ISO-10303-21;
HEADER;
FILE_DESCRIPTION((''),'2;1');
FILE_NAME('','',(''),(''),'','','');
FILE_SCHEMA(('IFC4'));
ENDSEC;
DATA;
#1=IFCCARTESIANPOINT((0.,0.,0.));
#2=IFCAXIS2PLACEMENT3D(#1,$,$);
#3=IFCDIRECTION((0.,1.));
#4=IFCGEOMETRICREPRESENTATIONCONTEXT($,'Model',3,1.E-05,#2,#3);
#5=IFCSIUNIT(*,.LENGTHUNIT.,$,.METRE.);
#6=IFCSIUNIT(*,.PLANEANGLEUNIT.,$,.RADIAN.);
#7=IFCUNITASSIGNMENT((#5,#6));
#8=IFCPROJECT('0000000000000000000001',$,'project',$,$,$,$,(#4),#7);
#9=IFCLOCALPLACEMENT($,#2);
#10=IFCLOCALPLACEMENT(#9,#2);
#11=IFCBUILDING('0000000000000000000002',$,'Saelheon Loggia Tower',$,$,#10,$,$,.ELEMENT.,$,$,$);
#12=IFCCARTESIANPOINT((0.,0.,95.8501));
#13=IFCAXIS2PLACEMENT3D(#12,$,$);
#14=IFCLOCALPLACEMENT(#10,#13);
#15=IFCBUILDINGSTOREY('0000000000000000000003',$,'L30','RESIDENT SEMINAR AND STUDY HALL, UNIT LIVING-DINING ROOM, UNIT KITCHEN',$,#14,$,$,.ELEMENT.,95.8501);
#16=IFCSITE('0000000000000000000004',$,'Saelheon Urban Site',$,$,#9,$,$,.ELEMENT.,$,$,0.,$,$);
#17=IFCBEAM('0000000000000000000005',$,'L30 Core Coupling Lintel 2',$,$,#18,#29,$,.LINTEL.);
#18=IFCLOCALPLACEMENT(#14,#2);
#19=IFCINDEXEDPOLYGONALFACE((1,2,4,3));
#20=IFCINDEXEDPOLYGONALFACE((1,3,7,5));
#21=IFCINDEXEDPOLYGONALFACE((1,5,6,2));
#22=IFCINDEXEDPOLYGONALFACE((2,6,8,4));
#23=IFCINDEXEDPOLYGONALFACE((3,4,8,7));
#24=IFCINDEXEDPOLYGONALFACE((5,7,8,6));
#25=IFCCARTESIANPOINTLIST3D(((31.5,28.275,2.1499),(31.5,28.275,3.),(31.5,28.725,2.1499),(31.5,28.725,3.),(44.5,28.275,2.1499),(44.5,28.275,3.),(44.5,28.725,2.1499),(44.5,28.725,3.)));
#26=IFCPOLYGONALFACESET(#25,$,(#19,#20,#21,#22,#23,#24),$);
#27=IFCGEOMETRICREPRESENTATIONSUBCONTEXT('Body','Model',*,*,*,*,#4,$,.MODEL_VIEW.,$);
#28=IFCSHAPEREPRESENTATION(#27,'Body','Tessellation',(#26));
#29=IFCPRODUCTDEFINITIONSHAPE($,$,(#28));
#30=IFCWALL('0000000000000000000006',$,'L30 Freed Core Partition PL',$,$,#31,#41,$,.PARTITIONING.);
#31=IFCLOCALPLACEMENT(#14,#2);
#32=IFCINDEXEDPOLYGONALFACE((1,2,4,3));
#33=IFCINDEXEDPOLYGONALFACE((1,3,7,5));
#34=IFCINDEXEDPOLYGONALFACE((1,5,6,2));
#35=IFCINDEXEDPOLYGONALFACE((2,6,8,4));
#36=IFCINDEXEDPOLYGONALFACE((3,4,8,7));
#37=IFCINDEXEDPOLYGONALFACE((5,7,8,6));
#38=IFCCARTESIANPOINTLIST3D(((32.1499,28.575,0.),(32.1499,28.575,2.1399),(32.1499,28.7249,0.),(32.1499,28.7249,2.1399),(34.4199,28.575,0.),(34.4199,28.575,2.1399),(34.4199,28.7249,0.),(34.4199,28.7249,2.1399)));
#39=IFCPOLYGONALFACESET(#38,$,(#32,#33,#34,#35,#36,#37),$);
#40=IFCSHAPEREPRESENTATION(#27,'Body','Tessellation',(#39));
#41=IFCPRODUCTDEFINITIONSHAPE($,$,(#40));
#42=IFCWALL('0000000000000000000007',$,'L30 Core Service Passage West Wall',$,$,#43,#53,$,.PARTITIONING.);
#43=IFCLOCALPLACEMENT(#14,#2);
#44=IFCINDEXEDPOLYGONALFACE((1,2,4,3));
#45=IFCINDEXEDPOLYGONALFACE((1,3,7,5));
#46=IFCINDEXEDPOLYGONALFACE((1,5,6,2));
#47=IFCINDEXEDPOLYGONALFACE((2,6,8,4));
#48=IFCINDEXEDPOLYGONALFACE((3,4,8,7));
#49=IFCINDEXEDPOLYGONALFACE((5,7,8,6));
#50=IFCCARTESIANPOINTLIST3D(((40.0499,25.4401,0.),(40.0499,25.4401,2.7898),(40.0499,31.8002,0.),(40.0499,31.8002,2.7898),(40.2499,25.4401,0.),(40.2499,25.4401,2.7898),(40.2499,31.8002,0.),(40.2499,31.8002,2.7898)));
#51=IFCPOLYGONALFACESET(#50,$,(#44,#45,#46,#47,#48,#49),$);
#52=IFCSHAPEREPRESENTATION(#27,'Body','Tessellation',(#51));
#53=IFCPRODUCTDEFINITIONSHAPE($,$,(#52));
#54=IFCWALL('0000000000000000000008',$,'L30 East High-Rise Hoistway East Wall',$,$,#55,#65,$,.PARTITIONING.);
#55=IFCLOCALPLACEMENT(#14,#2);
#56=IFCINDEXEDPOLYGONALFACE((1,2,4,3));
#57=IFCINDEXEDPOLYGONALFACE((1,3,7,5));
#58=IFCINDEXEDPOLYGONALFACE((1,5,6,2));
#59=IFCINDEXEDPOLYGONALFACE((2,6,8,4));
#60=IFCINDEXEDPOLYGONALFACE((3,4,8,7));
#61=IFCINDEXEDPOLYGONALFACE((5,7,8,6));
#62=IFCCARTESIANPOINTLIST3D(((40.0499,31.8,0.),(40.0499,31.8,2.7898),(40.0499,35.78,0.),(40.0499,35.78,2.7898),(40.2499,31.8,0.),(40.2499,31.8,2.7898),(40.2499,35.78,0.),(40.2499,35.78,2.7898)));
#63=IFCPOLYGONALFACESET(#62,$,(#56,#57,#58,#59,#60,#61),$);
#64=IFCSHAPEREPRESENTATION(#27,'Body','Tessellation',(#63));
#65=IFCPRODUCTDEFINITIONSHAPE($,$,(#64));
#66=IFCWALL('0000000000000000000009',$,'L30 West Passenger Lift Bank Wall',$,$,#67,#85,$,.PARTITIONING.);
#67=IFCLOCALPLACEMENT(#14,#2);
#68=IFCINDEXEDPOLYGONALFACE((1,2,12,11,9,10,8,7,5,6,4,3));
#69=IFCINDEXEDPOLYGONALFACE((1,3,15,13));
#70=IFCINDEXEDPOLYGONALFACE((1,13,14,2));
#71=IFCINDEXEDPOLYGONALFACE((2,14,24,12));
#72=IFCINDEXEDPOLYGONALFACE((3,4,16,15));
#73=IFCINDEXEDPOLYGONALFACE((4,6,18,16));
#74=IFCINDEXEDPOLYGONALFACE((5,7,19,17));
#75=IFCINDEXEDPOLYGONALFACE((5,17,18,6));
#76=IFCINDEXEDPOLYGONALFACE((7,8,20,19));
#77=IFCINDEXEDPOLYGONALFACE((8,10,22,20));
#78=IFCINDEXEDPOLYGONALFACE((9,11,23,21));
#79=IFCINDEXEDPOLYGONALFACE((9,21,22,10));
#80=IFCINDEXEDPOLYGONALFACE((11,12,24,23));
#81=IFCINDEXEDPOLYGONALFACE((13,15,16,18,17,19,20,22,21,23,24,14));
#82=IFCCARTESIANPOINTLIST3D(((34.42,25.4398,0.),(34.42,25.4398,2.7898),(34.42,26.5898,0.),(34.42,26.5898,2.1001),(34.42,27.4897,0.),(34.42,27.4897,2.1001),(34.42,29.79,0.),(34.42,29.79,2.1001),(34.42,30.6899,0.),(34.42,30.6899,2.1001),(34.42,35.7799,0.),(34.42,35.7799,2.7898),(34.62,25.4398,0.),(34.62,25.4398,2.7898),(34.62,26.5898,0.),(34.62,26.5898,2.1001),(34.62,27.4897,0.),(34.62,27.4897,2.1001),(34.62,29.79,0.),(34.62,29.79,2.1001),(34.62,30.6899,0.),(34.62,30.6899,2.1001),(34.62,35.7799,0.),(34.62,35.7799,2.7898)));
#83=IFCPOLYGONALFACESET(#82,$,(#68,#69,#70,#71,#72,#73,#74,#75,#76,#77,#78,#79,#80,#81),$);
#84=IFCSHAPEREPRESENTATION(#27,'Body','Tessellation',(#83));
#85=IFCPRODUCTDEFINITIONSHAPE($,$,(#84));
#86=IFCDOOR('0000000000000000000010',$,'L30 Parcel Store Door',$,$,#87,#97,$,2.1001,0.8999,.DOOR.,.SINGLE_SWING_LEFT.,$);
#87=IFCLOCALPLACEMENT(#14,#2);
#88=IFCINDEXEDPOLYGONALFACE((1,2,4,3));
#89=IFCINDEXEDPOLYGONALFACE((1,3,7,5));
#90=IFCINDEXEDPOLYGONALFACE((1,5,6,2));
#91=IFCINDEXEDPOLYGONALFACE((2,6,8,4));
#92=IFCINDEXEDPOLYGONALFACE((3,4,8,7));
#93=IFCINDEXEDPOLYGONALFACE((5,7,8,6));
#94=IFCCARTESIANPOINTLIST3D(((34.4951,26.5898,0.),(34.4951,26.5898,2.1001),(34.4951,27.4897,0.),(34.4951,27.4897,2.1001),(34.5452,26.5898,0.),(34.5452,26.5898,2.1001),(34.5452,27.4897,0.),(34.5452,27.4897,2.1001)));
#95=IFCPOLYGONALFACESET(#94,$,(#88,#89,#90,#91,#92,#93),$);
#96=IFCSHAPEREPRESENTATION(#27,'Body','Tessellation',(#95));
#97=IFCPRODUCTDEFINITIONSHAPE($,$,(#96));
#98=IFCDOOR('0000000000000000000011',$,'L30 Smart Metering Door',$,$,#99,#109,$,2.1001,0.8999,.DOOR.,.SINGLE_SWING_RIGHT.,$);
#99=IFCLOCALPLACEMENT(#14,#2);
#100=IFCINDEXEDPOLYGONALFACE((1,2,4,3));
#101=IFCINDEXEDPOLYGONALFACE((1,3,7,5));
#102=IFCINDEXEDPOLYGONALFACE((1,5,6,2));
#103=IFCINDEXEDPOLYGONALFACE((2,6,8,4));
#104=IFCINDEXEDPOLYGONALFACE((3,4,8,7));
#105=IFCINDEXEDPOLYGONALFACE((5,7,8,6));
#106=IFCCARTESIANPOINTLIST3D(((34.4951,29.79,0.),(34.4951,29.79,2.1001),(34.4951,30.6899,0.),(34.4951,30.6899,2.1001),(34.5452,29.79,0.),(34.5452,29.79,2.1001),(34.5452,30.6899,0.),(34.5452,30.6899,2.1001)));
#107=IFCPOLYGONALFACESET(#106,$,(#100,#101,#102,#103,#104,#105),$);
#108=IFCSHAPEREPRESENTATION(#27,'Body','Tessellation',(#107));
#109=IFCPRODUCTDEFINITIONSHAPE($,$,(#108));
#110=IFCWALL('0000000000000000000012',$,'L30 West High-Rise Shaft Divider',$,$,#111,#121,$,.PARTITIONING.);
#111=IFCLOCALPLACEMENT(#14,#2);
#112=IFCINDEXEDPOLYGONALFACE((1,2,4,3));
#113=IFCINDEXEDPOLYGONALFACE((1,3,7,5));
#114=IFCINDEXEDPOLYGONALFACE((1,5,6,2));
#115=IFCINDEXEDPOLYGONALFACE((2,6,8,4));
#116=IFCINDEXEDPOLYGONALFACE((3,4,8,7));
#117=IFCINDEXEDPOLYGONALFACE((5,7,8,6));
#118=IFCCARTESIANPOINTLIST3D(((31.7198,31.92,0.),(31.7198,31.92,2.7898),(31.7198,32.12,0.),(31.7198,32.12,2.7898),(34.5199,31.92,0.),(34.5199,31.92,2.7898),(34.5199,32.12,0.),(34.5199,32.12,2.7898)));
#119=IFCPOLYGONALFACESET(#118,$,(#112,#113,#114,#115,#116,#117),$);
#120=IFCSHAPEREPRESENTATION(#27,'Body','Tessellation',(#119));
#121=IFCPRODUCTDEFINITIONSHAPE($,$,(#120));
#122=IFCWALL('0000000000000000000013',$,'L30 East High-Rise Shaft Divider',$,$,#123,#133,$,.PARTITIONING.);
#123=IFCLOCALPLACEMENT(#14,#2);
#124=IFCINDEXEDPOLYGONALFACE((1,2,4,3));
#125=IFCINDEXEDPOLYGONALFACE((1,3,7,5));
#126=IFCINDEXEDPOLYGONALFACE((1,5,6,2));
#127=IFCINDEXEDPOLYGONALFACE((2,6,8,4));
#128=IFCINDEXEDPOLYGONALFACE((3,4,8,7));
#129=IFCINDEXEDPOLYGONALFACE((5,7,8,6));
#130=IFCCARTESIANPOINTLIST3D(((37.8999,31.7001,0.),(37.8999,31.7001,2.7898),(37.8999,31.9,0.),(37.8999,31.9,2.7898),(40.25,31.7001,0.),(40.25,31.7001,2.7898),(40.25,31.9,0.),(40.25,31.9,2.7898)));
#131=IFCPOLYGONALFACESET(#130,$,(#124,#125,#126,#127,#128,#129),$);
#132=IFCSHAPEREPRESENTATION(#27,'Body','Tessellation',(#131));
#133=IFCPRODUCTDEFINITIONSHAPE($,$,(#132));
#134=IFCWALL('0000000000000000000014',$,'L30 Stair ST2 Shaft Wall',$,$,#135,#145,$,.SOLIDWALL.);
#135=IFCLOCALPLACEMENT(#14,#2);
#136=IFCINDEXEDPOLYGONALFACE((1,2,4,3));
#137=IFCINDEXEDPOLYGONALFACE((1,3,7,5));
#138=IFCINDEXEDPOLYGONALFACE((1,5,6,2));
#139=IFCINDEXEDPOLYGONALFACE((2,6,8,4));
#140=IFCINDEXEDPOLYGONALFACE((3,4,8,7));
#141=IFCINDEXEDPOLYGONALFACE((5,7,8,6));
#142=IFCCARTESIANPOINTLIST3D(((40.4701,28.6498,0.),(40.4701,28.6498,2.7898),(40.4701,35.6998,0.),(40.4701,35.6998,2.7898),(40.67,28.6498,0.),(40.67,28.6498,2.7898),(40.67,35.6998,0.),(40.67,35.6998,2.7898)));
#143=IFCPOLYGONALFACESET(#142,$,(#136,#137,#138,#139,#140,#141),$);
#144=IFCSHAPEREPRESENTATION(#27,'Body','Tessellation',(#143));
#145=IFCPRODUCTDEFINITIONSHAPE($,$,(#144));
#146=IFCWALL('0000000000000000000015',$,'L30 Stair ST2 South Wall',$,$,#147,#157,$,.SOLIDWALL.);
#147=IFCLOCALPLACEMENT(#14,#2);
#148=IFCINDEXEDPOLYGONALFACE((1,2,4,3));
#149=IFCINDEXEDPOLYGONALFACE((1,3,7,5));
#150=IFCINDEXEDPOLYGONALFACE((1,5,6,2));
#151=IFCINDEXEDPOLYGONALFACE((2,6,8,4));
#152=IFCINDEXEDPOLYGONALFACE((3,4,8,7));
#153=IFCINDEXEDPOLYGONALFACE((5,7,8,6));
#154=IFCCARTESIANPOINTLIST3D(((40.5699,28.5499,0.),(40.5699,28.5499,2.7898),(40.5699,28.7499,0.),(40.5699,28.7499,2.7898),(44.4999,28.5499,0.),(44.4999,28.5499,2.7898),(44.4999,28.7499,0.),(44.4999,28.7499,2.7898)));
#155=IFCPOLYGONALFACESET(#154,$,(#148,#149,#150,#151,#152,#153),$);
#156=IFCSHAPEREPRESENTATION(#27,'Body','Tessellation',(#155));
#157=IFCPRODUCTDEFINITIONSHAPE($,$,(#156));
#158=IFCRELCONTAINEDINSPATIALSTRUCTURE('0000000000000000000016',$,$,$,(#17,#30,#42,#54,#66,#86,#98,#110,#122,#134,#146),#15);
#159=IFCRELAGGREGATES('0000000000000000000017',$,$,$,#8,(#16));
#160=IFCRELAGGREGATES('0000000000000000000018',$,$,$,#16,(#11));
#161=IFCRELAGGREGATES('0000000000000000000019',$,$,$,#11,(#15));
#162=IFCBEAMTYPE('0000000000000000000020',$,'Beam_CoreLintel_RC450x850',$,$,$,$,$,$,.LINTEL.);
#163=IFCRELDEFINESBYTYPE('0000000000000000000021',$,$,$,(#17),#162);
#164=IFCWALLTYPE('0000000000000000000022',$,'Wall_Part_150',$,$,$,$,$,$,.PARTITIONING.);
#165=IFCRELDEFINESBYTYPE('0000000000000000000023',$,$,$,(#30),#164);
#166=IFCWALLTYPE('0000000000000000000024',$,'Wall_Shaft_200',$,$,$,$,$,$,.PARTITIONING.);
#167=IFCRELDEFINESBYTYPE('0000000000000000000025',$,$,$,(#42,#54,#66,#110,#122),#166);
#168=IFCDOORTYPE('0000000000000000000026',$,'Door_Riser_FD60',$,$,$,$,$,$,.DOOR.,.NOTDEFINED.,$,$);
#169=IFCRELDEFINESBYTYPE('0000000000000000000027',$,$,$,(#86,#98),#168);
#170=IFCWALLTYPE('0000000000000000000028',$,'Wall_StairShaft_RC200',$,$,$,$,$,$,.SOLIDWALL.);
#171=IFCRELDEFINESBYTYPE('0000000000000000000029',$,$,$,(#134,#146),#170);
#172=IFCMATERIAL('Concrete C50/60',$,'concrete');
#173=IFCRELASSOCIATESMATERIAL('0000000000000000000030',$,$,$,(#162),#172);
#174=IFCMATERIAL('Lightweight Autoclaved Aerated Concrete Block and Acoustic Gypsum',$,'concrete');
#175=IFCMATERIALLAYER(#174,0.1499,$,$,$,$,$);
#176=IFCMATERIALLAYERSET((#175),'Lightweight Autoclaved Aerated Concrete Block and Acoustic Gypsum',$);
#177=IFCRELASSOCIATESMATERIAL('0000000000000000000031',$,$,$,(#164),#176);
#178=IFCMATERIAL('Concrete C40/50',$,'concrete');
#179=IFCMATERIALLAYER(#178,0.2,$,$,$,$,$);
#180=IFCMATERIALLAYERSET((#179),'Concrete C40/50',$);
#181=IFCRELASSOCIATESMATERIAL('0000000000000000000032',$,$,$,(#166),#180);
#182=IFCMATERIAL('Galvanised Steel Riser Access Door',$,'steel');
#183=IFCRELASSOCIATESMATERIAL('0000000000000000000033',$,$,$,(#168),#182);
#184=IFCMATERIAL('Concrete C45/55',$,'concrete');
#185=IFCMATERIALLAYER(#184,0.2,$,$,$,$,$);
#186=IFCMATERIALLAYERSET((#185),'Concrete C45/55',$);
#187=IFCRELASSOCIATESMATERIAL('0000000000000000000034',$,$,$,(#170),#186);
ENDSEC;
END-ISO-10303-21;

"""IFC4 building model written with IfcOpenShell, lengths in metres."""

from ifc_helpers import new_model, si_unit, direction, frame, frame_2d, origin, origin_2d, place, context, subcontext, project, spatial, rectangle, extrude, source, transform, mapped, material, layer, layer_set, material_profile, profile_set, type_object, element, fill, save


model = new_model("IFC4")

# Units and contexts
model_context = context("Model", 3, precision=1e-05, world=origin(), true_north=direction((0.0, 1.0)))
body_context = subcontext(model_context, "Body", "Model", "MODEL_VIEW")
ifc_project = project(units=[si_unit("LENGTHUNIT", "METRE"), si_unit("PLANEANGLEUNIT", "RADIAN")], contexts=[model_context])

# Site, building, storey
site_placement = place(None, origin())
site = spatial("IfcSite", under=ifc_project, at=site_placement, Name="Saelheon Urban Site", CompositionType="ELEMENT", RefElevation=0.0)
building_placement = place(site_placement, origin())
building = spatial("IfcBuilding", under=site, at=building_placement, Name="Saelheon Loggia Tower", CompositionType="ELEMENT")
storey_placement = place(building_placement, frame((0.0, 0.0, 95.8501)))
storey = spatial("IfcBuildingStorey", under=building, at=storey_placement, Name="L30", Description="RESIDENT SEMINAR AND STUDY HALL, UNIT LIVING-DINING ROOM, UNIT KITCHEN", CompositionType="ELEMENT", Elevation=95.8501)

# Beam
ifc_material_1 = material(Name="Concrete C50/60", Category="concrete")
ifc_material_profile = material_profile(ifc_material_1, rectangle(XDim=0.45, YDim=0.8501, at=origin_2d()), Name="RC-450x850")
ifc_profile_set = profile_set([ifc_material_profile], Name="Concrete C50/60")
beam_type = type_object("IfcBeamType", Name="Beam_CoreLintel_RC450x850", PredefinedType="LINTEL", material=ifc_profile_set)
shared_shape_1 = source(origin(), body_context, "Body", "SweptSolid", [
    extrude(rectangle(XDim=0.45, YDim=0.8501, at=origin_2d()), origin(), (0.0, 0.0, 1.0), 13.0),
])
beam_placement = place(storey_placement, frame((31.5, 28.5, 2.575), z_axis=(1.0, 0.0, 0.0), x_axis=(0.0, 1.0, 0.0)))
element("IfcBeam", 1, at=beam_placement, inside=storey, type_object=beam_type, Name="L30 Core Coupling Lintel 2", PredefinedType="LINTEL", context=body_context, shape_type="MappedRepresentation", body=[
    mapped(shared_shape_1, transform((0.0, 0.0, 0.0), scale=1.0)),
])

# Walls
ifc_material_2 = material(Name="Lightweight Autoclaved Aerated Concrete Block and Acoustic Gypsum", Category="concrete")
ifc_layer_1 = layer(ifc_material_2, 0.1499)
ifc_layer_set_1 = layer_set([ifc_layer_1], Name="Lightweight Autoclaved Aerated Concrete Block and Acoustic Gypsum")
wall_type_1 = type_object("IfcWallType", Name="Wall_Part_150", PredefinedType="PARTITIONING", material=ifc_layer_set_1)
wall_1_placement = place(storey_placement, frame((32.1499, 28.6499, 0.0), z_axis=(0.0, 0.0, 1.0), x_axis=(1.0, 0.0, 0.0)))
element("IfcWall", 2, at=wall_1_placement, inside=storey, type_object=wall_type_1, Name="L30 Freed Core Partition PL", PredefinedType="PARTITIONING", context=body_context, shape_type="SweptSolid", body=[
    extrude(rectangle(XDim=2.27, YDim=0.1499, at=frame_2d((1.135, 0.0))), origin(), (0.0, 0.0, 1.0), 2.1399),
])
ifc_material_3 = material(Name="Concrete C40/50", Category="concrete")
ifc_layer_2 = layer(ifc_material_3, 0.2)
ifc_layer_set_2 = layer_set([ifc_layer_2], Name="Concrete C40/50")
wall_type_2 = type_object("IfcWallType", Name="Wall_Shaft_200", PredefinedType="PARTITIONING", material=ifc_layer_set_2)
wall_2_placement = place(storey_placement, frame((40.1499, 25.4399, 0.0), z_axis=(0.0, 0.0, 1.0), x_axis=(0.0, 1.0, 0.0)))
element("IfcWall", 3, at=wall_2_placement, inside=storey, type_object=wall_type_2, Name="L30 Core Service Passage West Wall", PredefinedType="PARTITIONING", context=body_context, shape_type="SweptSolid", body=[
    extrude(rectangle(XDim=6.3601, YDim=0.2, at=frame_2d((3.1802, 0.0))), origin(), (0.0, 0.0, 1.0), 2.7898),
])
wall_3_placement = place(storey_placement, frame((40.1499, 31.8, 0.0), z_axis=(0.0, 0.0, 1.0), x_axis=(0.0, 1.0, 0.0)))
element("IfcWall", 4, at=wall_3_placement, inside=storey, type_object=wall_type_2, Name="L30 East High-Rise Hoistway East Wall", PredefinedType="PARTITIONING", context=body_context, shape_type="SweptSolid", body=[
    extrude(rectangle(XDim=3.98, YDim=0.2, at=frame_2d((1.99, 0.0))), origin(), (0.0, 0.0, 1.0), 2.7898),
])

# Wall, openings, doors
wall_4_placement = place(storey_placement, frame((34.52, 25.4399, 0.0), z_axis=(0.0, 0.0, 1.0), x_axis=(0.0, 1.0, 0.0)))
wall_4 = element("IfcWall", 5, at=wall_4_placement, inside=storey, type_object=wall_type_2, Name="L30 West Passenger Lift Bank Wall", PredefinedType="PARTITIONING", context=body_context, shape_type="SweptSolid", body=[
    extrude(rectangle(XDim=10.3401, YDim=0.2, at=frame_2d((5.1699, 0.0))), origin(), (0.0, 0.0, 1.0), 2.7898),
])
opening_1_placement = place(wall_4_placement, frame((1.1499, 0.0, 0.0)))
opening_1 = element("IfcOpeningElement", 6, at=opening_1_placement, cuts=wall_4, PredefinedType="OPENING", context=body_context, shape_type="SweptSolid", body=[
    extrude(rectangle(XDim=0.8999, YDim=2.1001, at=frame_2d((0.45, 1.05))), frame((0.0, 0.1121, 0.0), z_axis=(0.0, -1.0, 0.0), x_axis=(1.0, 0.0, 0.0)), (0.0, 0.0, 1.0), 0.2239),
])
opening_2_placement = place(wall_4_placement, frame((4.3501, 0.0, 0.0)))
opening_2 = element("IfcOpeningElement", 7, at=opening_2_placement, cuts=wall_4, PredefinedType="OPENING", context=body_context, shape_type="SweptSolid", body=[
    extrude(rectangle(XDim=0.8999, YDim=2.1001, at=frame_2d((0.45, 1.05))), frame((0.0, 0.1121, 0.0), z_axis=(0.0, -1.0, 0.0), x_axis=(1.0, 0.0, 0.0)), (0.0, 0.0, 1.0), 0.2239),
])
ifc_material_4 = material(Name="Galvanised Steel Riser Access Door", Category="steel")
door_type_1 = type_object("IfcDoorType", Name="Door_Riser_FD60", OperationType="NOTDEFINED", PredefinedType="DOOR", material=ifc_material_4)
shared_shape_2 = source(origin(), body_context, "Body", "SweptSolid", [
    extrude(rectangle(XDim=0.8999, YDim=2.1001, at=frame_2d((0.45, 1.05))), frame((0.0, 0.0249, 0.0), z_axis=(0.0, -1.0, 0.0), x_axis=(1.0, 0.0, 0.0)), (0.0, 0.0, 1.0), 0.05),
])
door_1_placement = place(opening_1_placement, origin())
door_1 = element("IfcDoor", 8, at=door_1_placement, inside=storey, type_object=door_type_1, Name="L30 Parcel Store Door", OperationType="SINGLE_SWING_LEFT", OverallHeight=2.1001, OverallWidth=0.8999, PredefinedType="DOOR", context=body_context, shape_type="MappedRepresentation", body=[
    mapped(shared_shape_2, transform((0.0, 0.0, 0.0), scale=1.0)),
])
fill(opening_1, door_1)
door_2_placement = place(opening_2_placement, origin())
door_2 = element("IfcDoor", 9, at=door_2_placement, inside=storey, type_object=door_type_1, Name="L30 Smart Metering Door", OperationType="SINGLE_SWING_RIGHT", OverallHeight=2.1001, OverallWidth=0.8999, PredefinedType="DOOR", context=body_context, shape_type="MappedRepresentation", body=[
    mapped(shared_shape_2, transform((0.0, 0.0, 0.0), scale=1.0)),
])
fill(opening_2, door_2)

# Wall
wall_5_placement = place(storey_placement, frame((31.72, 32.02, 0.0), z_axis=(0.0, 0.0, 1.0), x_axis=(1.0, 0.0, 0.0)))
element("IfcWall", 10, at=wall_5_placement, inside=storey, type_object=wall_type_2, Name="L30 West High-Rise Shaft Divider", PredefinedType="PARTITIONING", context=body_context, shape_type="SweptSolid", body=[
    extrude(rectangle(XDim=2.8, YDim=0.2, at=frame_2d((1.3999, 0.0))), origin(), (0.0, 0.0, 1.0), 2.7898),
])

# Walls
wall_6_placement = place(storey_placement, frame((37.8999, 31.8, 0.0), z_axis=(0.0, 0.0, 1.0), x_axis=(1.0, 0.0, 0.0)))
element("IfcWall", 11, at=wall_6_placement, inside=storey, type_object=wall_type_2, Name="L30 East High-Rise Shaft Divider", PredefinedType="PARTITIONING", context=body_context, shape_type="SweptSolid", body=[
    extrude(rectangle(XDim=2.3501, YDim=0.2, at=frame_2d((1.175, 0.0))), origin(), (0.0, 0.0, 1.0), 2.7898),
])
ifc_material_5 = material(Name="Concrete C45/55", Category="concrete")
ifc_layer_3 = layer(ifc_material_5, 0.2)
ifc_layer_set_3 = layer_set([ifc_layer_3], Name="Concrete C45/55")
wall_type_3 = type_object("IfcWallType", Name="Wall_StairShaft_RC200", PredefinedType="SOLIDWALL", material=ifc_layer_set_3)
wall_7_placement = place(storey_placement, frame((40.5701, 28.6499, 0.0), z_axis=(0.0, 0.0, 1.0), x_axis=(0.0, 1.0, 0.0)))
element("IfcWall", 12, at=wall_7_placement, inside=storey, type_object=wall_type_3, Name="L30 Stair ST2 Shaft Wall", PredefinedType="SOLIDWALL", context=body_context, shape_type="SweptSolid", body=[
    extrude(rectangle(XDim=7.05, YDim=0.2, at=frame_2d((3.5249, 0.0))), origin(), (0.0, 0.0, 1.0), 2.7898),
])
wall_8_placement = place(storey_placement, frame((40.5701, 28.6499, 0.0), z_axis=(0.0, 0.0, 1.0), x_axis=(1.0, 0.0, 0.0)))
element("IfcWall", 13, at=wall_8_placement, inside=storey, type_object=wall_type_3, Name="L30 Stair ST2 South Wall", PredefinedType="SOLIDWALL", context=body_context, shape_type="SweptSolid", body=[
    extrude(rectangle(XDim=3.9299, YDim=0.2, at=frame_2d((1.9648, 0.0))), origin(), (0.0, 0.0, 1.0), 2.7898),
])

save(model, "model.ifc")
